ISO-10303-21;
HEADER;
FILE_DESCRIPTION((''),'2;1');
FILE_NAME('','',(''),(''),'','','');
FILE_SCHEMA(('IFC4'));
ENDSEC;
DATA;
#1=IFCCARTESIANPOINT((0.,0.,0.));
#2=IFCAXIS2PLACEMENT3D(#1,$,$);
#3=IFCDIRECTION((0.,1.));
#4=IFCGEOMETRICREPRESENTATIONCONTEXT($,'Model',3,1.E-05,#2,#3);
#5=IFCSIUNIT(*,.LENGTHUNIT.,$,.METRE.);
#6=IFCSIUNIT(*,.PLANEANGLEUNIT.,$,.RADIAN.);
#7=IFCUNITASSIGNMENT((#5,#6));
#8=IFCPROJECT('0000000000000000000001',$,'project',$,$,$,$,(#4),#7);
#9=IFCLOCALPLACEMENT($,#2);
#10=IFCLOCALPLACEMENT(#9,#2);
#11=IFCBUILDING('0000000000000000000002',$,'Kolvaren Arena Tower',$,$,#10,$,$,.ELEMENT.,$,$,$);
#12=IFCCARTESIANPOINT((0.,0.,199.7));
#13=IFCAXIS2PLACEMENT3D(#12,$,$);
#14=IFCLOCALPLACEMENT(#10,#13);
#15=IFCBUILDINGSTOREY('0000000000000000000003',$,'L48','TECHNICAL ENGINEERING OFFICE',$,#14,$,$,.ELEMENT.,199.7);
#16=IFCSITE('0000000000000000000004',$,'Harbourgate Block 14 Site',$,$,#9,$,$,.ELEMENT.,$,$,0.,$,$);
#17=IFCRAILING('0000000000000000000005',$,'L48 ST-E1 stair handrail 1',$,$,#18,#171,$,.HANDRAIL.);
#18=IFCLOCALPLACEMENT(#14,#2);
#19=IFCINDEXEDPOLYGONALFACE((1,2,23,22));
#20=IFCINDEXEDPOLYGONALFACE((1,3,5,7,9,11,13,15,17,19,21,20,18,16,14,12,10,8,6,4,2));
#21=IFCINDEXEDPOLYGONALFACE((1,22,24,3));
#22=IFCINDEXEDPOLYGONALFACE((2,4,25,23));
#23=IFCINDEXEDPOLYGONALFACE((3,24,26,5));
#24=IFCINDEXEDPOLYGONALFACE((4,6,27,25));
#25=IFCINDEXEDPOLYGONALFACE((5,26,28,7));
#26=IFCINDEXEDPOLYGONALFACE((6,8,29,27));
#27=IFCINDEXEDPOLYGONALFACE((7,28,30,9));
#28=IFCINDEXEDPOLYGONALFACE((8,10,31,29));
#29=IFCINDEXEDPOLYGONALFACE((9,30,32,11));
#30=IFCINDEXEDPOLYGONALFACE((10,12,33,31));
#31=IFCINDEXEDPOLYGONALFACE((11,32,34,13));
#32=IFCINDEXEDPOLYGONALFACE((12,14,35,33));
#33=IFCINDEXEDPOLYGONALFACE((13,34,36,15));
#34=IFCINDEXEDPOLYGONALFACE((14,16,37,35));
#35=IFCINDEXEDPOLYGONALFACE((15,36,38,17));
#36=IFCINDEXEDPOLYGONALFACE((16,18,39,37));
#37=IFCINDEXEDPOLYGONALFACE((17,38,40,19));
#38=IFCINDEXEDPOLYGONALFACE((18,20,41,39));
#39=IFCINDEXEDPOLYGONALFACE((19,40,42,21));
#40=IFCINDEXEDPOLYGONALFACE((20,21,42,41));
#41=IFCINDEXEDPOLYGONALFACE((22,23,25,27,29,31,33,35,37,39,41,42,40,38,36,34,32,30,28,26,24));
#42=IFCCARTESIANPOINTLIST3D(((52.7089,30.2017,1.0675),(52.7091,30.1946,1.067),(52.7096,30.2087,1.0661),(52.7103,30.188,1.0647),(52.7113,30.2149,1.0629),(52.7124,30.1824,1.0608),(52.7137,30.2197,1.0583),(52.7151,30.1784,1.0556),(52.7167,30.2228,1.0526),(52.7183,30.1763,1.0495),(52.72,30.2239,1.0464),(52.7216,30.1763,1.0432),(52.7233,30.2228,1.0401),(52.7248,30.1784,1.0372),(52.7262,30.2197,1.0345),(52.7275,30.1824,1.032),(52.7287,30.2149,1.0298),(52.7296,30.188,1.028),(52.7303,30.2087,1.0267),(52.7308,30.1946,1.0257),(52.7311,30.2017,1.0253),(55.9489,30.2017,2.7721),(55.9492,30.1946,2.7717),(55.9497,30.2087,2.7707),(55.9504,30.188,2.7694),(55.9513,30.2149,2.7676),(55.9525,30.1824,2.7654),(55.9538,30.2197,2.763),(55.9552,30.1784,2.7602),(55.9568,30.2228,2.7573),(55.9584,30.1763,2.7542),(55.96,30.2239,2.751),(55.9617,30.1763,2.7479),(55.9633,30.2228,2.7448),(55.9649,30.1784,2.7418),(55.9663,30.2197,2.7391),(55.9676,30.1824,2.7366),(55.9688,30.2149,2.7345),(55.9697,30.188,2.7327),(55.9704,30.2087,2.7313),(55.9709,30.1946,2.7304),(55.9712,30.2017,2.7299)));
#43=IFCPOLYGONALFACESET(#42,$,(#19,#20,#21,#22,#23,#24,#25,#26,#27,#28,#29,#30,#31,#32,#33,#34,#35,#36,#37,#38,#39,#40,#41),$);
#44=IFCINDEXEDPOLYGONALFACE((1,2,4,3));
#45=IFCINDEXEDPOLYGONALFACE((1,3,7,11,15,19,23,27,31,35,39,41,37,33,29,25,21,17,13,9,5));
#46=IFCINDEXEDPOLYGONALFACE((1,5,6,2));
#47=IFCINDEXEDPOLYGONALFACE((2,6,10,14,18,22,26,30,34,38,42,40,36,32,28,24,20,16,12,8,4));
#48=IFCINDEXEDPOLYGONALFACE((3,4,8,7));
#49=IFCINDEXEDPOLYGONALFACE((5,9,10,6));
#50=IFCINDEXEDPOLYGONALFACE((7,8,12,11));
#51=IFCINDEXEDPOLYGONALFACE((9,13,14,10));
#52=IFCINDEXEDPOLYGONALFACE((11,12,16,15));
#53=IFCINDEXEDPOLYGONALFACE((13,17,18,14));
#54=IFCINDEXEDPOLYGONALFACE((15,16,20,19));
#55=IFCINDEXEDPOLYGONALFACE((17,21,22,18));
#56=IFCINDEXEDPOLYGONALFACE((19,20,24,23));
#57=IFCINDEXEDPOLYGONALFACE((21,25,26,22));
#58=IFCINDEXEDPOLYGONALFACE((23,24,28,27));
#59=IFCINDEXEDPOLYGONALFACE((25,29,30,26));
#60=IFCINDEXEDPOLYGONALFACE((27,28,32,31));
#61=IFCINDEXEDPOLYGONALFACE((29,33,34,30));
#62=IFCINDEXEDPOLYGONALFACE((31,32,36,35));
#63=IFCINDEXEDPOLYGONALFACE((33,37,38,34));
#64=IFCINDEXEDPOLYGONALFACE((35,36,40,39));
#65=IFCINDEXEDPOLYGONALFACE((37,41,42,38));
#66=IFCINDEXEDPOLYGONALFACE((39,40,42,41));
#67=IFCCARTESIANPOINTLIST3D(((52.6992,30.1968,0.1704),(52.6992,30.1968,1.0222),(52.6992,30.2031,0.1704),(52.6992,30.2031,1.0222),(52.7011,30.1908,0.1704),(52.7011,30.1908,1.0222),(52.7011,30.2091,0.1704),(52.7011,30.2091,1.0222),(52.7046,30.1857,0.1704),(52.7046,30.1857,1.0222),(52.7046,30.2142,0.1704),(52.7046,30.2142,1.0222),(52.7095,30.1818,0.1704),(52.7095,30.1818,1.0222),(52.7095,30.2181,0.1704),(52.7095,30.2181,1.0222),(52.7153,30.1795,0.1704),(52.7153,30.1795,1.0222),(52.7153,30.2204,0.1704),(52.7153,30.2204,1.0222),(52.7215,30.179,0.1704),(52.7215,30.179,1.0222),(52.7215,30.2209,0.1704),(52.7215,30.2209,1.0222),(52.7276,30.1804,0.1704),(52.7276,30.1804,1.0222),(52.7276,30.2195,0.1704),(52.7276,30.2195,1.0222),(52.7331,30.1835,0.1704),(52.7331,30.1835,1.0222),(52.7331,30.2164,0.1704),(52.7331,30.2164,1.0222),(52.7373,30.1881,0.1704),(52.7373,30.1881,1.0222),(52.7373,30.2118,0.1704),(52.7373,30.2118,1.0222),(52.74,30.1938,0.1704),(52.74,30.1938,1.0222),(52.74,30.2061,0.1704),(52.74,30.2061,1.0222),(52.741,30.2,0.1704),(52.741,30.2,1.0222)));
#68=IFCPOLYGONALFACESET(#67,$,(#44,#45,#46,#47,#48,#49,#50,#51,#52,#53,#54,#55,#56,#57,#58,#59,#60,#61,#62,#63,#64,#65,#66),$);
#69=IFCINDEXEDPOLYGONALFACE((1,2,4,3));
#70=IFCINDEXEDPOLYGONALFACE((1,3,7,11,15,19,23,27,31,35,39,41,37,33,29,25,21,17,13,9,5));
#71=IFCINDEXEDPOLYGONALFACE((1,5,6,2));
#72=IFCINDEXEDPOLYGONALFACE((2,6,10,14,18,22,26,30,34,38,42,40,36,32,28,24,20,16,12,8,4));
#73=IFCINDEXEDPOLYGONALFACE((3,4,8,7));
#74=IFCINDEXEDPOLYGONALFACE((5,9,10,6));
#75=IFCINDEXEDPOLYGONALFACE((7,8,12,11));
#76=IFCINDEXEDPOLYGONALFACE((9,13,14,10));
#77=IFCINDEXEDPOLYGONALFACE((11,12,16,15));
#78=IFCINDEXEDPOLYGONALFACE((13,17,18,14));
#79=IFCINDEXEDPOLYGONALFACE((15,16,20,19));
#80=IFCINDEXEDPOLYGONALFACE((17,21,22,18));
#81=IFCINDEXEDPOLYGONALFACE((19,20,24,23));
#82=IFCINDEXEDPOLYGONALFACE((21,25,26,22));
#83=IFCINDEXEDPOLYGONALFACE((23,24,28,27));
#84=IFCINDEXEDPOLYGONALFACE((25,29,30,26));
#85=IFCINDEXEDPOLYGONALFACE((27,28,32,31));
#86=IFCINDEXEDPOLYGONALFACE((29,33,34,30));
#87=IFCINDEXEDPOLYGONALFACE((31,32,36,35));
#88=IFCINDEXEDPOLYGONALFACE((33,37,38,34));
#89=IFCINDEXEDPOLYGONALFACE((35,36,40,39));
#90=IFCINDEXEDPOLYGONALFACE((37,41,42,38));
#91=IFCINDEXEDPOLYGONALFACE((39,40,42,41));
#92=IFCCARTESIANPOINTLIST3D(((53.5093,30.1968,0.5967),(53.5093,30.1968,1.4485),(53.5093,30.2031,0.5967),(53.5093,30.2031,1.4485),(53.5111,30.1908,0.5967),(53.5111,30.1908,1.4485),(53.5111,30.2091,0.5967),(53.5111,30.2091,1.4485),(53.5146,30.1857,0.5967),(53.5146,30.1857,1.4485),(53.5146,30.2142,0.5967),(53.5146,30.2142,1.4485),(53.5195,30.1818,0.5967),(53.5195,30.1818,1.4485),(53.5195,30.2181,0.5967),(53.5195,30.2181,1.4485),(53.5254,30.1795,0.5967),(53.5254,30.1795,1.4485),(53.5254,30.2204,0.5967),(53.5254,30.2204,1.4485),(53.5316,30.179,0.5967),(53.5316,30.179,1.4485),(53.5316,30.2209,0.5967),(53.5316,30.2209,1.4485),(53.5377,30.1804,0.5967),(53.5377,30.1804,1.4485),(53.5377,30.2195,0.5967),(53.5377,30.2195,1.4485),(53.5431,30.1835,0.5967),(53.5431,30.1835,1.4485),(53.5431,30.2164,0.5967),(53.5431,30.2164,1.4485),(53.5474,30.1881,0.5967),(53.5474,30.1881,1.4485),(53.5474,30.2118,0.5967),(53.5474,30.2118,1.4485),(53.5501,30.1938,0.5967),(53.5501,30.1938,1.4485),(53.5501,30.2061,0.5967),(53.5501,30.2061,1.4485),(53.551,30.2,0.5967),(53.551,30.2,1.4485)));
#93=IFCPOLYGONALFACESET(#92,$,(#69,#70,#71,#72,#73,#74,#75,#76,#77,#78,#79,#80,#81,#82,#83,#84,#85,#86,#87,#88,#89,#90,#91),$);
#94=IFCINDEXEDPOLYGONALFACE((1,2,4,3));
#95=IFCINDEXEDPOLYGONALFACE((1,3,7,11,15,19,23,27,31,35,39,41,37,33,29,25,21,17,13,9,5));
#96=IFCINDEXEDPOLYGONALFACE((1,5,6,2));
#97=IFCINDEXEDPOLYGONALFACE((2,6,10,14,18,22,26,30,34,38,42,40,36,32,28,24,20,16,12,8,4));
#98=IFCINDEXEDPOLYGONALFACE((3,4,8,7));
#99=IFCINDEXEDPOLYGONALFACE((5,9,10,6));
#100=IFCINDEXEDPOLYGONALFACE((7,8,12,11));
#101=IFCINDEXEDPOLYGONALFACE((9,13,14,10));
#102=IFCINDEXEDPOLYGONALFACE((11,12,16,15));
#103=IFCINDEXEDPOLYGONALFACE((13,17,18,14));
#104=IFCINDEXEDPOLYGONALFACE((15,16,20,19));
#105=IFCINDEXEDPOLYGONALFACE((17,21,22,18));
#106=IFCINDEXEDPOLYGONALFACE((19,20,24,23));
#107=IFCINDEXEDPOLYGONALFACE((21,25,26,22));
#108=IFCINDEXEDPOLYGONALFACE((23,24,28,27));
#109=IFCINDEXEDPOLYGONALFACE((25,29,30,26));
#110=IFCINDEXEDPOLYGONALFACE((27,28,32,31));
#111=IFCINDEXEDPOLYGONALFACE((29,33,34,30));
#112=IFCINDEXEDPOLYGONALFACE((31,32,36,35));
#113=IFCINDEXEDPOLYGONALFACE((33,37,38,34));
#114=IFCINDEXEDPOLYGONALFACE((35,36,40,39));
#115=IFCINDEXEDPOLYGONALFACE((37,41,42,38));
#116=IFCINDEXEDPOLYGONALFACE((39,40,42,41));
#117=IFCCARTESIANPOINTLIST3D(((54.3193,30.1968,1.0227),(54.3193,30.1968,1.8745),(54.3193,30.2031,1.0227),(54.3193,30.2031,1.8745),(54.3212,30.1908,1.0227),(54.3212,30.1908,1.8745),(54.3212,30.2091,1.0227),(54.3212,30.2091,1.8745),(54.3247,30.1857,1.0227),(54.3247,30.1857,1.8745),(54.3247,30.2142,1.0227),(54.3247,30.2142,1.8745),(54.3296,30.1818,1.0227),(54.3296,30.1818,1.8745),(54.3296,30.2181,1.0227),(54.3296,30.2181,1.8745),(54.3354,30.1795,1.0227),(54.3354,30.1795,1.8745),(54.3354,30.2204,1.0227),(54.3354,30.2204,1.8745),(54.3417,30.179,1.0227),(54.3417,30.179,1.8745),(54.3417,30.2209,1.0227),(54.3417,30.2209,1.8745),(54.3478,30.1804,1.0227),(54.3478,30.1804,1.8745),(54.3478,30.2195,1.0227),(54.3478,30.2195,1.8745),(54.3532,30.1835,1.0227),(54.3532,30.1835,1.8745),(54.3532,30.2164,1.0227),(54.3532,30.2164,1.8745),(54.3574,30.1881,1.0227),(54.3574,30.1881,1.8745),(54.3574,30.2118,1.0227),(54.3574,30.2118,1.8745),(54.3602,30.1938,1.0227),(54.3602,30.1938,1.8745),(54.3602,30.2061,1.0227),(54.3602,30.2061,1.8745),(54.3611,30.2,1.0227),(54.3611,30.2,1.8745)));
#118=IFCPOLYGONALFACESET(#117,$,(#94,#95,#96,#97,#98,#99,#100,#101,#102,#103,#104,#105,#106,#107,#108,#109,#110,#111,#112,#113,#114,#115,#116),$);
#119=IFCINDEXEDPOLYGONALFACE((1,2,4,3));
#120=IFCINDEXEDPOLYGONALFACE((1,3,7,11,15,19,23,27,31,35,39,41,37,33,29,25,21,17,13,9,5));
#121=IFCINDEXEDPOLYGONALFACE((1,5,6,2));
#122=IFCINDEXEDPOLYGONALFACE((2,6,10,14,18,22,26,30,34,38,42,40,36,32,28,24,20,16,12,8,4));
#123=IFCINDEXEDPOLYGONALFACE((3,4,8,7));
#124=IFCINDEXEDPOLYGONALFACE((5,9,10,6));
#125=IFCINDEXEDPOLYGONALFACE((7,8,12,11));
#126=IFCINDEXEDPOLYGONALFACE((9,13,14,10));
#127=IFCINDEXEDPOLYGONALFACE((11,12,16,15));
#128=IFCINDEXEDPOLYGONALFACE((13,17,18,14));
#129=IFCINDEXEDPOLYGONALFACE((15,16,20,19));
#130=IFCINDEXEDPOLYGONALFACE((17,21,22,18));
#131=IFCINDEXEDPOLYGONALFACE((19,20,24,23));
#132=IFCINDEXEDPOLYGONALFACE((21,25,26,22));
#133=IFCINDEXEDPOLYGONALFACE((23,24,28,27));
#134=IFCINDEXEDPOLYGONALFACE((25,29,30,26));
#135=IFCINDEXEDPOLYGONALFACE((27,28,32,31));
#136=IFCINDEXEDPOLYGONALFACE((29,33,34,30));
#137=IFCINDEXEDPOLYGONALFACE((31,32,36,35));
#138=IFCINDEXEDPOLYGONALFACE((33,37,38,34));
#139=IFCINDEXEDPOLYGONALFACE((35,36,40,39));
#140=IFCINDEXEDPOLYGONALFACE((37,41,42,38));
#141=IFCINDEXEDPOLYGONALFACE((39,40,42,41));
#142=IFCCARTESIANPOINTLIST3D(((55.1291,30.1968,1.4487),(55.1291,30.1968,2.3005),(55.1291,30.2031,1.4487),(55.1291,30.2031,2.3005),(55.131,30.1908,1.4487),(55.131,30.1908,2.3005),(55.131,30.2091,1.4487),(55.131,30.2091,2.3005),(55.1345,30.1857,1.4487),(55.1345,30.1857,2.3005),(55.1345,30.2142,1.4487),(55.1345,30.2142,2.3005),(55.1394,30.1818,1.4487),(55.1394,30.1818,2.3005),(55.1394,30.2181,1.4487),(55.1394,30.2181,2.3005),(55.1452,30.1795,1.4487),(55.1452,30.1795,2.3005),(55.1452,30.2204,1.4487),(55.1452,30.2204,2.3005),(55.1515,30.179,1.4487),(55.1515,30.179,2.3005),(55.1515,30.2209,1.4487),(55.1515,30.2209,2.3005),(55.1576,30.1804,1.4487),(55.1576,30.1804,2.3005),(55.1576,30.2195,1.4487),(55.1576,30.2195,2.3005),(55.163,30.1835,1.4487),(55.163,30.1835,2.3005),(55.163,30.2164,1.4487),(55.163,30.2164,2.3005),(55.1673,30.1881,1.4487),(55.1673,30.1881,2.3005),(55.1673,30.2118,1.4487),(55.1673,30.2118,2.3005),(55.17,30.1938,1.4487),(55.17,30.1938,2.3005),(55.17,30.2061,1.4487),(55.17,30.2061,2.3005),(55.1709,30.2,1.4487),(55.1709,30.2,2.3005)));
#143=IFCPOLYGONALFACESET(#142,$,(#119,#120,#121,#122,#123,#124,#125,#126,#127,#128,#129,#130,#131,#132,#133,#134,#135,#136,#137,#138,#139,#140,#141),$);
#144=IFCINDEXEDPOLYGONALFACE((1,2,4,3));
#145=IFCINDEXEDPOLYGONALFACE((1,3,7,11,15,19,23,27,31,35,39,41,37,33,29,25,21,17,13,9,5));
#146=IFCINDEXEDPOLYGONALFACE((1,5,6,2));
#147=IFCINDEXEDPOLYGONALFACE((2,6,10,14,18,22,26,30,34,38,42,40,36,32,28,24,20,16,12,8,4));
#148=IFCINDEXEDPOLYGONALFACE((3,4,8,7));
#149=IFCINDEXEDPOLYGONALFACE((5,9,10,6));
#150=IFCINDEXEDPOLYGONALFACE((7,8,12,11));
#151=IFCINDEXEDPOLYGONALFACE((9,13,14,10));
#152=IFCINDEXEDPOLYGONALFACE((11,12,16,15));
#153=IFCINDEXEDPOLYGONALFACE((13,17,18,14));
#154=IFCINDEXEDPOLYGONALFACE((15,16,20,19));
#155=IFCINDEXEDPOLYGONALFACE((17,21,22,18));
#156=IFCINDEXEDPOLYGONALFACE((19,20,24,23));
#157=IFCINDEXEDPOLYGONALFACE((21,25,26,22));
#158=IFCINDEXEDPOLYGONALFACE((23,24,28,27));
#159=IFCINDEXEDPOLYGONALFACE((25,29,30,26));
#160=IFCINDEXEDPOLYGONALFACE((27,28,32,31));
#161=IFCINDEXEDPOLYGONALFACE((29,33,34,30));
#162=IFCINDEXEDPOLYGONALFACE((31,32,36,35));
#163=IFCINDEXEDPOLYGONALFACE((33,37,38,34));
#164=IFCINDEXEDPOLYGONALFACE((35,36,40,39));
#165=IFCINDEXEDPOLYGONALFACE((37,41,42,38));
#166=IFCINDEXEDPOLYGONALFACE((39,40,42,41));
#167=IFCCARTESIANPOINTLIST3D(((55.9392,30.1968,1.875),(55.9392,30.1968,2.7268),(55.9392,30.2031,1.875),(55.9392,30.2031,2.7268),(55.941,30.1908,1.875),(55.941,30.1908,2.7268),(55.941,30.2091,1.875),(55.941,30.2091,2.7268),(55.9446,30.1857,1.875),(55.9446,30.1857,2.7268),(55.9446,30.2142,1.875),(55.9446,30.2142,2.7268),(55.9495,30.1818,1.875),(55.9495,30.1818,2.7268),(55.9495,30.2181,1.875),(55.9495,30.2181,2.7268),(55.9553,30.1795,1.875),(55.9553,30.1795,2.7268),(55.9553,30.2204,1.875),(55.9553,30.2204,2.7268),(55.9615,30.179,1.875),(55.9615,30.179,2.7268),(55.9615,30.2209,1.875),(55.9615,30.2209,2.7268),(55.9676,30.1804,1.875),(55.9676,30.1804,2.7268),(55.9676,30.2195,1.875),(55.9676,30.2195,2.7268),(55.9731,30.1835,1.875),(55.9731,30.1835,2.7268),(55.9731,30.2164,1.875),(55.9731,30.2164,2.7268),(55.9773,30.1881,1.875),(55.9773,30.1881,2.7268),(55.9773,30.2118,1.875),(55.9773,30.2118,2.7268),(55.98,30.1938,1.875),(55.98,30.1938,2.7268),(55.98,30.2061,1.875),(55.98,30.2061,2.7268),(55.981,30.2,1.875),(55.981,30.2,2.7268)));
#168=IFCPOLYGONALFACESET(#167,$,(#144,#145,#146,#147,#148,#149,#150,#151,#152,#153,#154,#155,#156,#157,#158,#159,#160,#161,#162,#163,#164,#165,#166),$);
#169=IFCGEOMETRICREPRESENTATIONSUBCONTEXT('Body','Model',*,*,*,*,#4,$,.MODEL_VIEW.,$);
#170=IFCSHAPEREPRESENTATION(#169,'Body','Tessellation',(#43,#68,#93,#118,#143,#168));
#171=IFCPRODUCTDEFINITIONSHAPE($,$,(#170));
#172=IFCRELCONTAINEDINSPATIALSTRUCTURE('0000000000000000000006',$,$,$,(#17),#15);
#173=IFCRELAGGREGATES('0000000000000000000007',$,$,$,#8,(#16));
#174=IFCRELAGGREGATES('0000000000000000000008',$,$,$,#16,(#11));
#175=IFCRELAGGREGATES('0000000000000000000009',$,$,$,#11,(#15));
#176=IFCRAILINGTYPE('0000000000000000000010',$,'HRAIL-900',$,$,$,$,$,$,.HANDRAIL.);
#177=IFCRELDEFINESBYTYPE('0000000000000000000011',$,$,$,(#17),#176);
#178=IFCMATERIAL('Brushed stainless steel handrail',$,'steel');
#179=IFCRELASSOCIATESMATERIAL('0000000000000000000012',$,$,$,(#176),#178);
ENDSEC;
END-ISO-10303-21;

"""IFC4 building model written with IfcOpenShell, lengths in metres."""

from ifc_helpers import new_model, si_unit, direction, frame, origin, origin_2d, place, context, subcontext, project, spatial, circle, extrude, material, type_object, element, save


model = new_model("IFC4")

# Units and contexts
model_context = context("Model", 3, precision=1e-05, world=origin(), true_north=direction((0.0, 1.0)))
body_context = subcontext(model_context, "Body", "Model", "MODEL_VIEW")
ifc_project = project(units=[si_unit("LENGTHUNIT", "METRE"), si_unit("PLANEANGLEUNIT", "RADIAN")], contexts=[model_context])

# Site, building, storey
site_placement = place(None, origin())
site = spatial("IfcSite", under=ifc_project, at=site_placement, Name="Harbourgate Block 14 Site", CompositionType="ELEMENT", RefElevation=0.0)
building_placement = place(site_placement, origin())
building = spatial("IfcBuilding", under=site, at=building_placement, Name="Kolvaren Arena Tower", CompositionType="ELEMENT")
storey_placement = place(building_placement, frame((0.0, 0.0, 199.7)))
storey = spatial("IfcBuildingStorey", under=building, at=storey_placement, Name="L48", Description="TECHNICAL ENGINEERING OFFICE", CompositionType="ELEMENT", Elevation=199.7)

# Railing
ifc_material_1 = material(Name="Brushed stainless steel handrail", Category="steel")
railing_type_1 = type_object("IfcRailingType", Name="HRAIL-900", PredefinedType="HANDRAIL", material=ifc_material_1)
for number, where, name in (
    (1, (52.72, 30.2, 0.1704), "L48 ST-E1 stair handrail 1"),
):
    element("IfcRailing", number, at=place(storey_placement, frame(where)), inside=storey, type_object=railing_type_1, Name=name, PredefinedType="HANDRAIL", context=body_context, shape_type="SweptSolid", body=[
        extrude(circle(Radius=0.0239, at=origin_2d()), frame((0.0, 0.0, 0.876), z_axis=(0.884993, 0.0, 0.465604), x_axis=(0.0, 1.0, 0.0)), (0.0, 0.0, 1.0), 3.6611),
        extrude(circle(Radius=0.021, at=origin_2d()), origin(), (0.0, 0.0, 1.0), 0.8518),
        extrude(circle(Radius=0.021, at=origin_2d()), frame((0.8101, 0.0, 0.4263)), (0.0, 0.0, 1.0), 0.8518),
        extrude(circle(Radius=0.021, at=origin_2d()), frame((1.6201, 0.0, 0.8523)), (0.0, 0.0, 1.0), 0.8518),
        extrude(circle(Radius=0.021, at=origin_2d()), frame((2.4299, 0.0, 1.2783)), (0.0, 0.0, 1.0), 0.8518),
        extrude(circle(Radius=0.021, at=origin_2d()), frame((3.24, 0.0, 1.7046)), (0.0, 0.0, 1.0), 0.8518),
    ])

save(model, "model.ifc")
